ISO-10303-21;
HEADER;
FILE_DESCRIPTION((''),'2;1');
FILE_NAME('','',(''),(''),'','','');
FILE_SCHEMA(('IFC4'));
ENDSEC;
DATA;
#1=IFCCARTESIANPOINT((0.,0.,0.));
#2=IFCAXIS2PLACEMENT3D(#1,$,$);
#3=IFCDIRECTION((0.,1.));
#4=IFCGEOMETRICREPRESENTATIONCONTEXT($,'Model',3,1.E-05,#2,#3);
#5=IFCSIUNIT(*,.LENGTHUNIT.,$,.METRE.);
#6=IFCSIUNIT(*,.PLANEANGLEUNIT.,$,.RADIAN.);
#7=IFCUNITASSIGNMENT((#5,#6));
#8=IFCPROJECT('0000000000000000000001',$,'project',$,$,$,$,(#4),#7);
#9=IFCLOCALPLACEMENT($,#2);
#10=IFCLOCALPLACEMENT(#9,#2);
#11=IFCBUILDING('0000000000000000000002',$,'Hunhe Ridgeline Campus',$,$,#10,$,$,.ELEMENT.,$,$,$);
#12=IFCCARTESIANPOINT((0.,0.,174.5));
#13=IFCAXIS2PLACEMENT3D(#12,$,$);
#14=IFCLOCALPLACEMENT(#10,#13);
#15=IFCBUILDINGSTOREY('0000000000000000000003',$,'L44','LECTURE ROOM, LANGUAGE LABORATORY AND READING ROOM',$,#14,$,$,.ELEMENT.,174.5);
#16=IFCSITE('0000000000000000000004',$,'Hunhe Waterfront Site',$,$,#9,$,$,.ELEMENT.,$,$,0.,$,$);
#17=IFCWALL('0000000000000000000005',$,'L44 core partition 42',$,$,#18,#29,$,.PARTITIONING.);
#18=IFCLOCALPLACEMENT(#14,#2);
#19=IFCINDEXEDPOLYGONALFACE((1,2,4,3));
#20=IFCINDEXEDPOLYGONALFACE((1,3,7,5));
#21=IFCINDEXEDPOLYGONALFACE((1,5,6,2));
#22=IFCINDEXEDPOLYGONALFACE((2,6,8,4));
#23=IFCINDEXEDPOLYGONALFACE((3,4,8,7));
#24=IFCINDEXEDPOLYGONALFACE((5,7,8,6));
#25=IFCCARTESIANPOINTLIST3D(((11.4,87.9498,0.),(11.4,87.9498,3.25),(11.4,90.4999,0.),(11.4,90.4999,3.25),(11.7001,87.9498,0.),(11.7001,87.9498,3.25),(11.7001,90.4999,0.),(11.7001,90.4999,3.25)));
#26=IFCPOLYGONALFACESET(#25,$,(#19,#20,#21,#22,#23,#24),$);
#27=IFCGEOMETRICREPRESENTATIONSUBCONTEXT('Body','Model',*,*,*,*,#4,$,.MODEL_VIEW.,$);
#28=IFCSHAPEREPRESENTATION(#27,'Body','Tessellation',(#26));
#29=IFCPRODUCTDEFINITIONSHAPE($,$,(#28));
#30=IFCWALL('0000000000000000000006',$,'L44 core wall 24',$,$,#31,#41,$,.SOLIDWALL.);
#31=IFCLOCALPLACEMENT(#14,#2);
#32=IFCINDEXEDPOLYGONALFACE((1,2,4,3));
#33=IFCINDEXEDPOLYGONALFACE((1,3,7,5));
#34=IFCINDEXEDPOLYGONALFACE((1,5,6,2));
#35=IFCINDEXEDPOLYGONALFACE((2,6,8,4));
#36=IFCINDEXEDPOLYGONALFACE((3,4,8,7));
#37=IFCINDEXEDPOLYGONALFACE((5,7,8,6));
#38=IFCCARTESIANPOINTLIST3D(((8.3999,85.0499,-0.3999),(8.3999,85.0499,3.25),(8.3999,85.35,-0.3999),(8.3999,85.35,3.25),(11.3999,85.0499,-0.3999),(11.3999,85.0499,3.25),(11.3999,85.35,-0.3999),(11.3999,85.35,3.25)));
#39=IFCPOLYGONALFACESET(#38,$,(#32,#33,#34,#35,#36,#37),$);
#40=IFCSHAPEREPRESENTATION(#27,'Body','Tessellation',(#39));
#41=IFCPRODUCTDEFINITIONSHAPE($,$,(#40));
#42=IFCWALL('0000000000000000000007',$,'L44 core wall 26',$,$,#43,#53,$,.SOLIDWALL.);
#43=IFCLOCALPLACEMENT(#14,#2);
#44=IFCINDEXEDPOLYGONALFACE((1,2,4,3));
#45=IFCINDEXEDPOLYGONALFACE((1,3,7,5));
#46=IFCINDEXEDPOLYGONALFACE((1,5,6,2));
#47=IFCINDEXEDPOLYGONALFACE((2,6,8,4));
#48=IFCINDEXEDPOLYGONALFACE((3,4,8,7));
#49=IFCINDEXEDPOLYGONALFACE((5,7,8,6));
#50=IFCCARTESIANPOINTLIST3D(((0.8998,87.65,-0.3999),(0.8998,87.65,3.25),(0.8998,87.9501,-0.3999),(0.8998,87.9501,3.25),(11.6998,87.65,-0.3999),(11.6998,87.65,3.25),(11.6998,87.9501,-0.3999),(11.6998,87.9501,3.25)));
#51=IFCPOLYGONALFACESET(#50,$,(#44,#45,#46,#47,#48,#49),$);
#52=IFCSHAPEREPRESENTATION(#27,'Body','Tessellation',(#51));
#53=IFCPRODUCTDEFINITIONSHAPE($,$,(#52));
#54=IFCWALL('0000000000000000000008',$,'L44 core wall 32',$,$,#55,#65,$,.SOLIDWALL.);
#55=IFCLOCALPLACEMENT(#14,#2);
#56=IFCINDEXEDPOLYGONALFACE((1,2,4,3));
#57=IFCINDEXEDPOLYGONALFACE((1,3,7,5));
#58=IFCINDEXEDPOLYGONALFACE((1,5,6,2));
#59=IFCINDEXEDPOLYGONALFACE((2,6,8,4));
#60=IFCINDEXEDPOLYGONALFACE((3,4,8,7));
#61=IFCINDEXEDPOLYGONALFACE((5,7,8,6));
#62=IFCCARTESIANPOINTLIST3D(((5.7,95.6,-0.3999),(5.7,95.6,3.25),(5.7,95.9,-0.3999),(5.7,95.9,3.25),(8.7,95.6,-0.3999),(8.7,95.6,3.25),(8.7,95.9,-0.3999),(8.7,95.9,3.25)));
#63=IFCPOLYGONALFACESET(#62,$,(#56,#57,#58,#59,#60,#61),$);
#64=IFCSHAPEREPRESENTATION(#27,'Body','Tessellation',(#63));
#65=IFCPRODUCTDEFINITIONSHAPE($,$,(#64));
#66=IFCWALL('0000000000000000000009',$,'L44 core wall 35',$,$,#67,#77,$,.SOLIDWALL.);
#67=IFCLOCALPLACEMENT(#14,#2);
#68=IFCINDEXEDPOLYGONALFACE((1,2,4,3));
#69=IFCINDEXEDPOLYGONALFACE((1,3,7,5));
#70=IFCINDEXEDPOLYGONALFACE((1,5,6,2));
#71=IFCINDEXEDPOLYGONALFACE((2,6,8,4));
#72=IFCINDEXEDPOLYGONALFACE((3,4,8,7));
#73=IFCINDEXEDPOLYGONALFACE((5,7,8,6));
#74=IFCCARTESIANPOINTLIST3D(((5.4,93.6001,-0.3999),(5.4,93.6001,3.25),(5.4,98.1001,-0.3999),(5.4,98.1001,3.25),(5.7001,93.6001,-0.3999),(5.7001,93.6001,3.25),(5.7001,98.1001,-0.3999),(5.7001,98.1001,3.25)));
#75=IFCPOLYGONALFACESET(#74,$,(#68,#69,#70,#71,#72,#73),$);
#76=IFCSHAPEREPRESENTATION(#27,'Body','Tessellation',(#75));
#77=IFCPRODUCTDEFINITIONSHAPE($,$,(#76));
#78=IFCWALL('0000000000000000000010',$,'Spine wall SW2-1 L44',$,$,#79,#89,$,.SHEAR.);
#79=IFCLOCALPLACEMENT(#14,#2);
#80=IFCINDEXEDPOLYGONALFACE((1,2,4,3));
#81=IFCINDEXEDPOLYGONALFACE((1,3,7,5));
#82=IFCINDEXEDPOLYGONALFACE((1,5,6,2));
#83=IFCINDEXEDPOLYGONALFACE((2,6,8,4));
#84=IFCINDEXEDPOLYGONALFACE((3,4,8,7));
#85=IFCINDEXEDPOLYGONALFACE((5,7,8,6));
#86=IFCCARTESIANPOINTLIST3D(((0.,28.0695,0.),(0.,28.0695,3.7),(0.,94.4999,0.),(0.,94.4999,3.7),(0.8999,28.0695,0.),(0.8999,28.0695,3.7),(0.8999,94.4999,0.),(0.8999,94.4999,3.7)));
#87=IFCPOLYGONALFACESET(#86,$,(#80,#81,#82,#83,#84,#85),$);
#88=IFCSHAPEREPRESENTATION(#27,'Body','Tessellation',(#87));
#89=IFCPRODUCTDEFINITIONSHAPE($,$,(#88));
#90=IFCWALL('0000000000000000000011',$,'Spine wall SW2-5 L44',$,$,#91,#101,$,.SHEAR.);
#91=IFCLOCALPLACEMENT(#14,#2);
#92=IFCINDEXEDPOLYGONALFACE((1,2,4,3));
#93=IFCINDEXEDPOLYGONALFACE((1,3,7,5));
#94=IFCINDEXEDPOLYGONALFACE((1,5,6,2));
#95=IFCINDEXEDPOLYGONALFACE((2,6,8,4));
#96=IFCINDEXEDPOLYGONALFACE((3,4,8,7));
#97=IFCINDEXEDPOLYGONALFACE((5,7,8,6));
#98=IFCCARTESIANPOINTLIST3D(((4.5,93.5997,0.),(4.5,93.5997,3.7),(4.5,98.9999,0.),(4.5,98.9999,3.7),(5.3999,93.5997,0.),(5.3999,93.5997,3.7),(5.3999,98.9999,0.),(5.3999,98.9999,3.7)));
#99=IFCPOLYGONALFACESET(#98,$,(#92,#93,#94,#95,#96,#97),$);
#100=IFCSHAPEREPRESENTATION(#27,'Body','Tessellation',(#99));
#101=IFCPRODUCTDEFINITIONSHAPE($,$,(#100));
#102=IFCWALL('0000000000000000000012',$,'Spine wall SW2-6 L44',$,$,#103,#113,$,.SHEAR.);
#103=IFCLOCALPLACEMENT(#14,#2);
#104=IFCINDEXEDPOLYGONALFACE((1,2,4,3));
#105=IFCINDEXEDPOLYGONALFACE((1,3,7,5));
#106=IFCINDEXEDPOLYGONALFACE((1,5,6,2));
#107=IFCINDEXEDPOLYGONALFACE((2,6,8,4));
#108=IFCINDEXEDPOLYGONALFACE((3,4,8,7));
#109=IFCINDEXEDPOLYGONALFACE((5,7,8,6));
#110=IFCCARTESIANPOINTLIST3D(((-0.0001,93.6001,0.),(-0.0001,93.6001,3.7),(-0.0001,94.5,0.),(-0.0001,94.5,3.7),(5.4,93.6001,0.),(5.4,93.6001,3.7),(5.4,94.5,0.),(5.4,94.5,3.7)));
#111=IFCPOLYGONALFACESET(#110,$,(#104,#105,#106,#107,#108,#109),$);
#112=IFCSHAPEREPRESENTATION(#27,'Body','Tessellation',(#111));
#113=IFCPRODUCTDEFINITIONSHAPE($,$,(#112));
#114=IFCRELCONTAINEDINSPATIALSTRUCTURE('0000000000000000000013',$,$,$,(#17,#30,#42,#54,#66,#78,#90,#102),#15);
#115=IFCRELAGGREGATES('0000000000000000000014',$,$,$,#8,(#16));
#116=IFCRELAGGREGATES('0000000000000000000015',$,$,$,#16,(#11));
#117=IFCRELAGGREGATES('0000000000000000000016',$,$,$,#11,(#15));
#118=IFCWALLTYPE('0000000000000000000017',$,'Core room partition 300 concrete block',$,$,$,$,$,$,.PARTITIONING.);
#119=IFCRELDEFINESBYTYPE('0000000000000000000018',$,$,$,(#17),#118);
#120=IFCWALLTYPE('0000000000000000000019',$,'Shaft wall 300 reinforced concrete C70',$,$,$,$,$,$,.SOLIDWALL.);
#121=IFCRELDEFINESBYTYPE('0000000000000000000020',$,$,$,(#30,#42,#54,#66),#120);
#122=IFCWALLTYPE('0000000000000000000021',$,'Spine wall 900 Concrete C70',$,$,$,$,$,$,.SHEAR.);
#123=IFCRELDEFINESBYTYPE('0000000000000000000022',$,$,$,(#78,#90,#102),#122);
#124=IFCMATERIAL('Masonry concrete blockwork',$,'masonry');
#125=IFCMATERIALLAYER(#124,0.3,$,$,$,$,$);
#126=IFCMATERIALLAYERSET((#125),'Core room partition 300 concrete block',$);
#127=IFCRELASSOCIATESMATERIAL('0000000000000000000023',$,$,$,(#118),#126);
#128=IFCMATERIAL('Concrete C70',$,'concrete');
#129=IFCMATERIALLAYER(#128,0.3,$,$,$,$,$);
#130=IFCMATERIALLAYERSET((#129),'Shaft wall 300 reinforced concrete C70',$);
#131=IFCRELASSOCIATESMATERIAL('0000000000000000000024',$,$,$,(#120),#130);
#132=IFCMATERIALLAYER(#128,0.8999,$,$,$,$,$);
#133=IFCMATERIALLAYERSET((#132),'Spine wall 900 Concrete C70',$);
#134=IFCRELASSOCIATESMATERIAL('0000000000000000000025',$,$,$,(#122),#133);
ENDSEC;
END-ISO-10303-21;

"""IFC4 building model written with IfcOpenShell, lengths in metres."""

from ifc_helpers import new_model, si_unit, direction, frame, frame_2d, origin, place, context, subcontext, project, spatial, rectangle, extrude, material, layer, layer_set, type_object, element, save


model = new_model("IFC4")

# Units and contexts
model_context = context("Model", 3, precision=1e-05, world=origin(), true_north=direction((0.0, 1.0)))
body_context = subcontext(model_context, "Body", "Model", "MODEL_VIEW")
ifc_project = project(units=[si_unit("LENGTHUNIT", "METRE"), si_unit("PLANEANGLEUNIT", "RADIAN")], contexts=[model_context])

# Site, building, storey
site_placement = place(None, origin())
site = spatial("IfcSite", under=ifc_project, at=site_placement, Name="Hunhe Waterfront Site", CompositionType="ELEMENT", RefElevation=0.0)
building_placement = place(site_placement, origin())
building = spatial("IfcBuilding", under=site, at=building_placement, Name="Hunhe Ridgeline Campus", CompositionType="ELEMENT")
storey_placement = place(building_placement, frame((0.0, 0.0, 174.5)))
storey = spatial("IfcBuildingStorey", under=building, at=storey_placement, Name="L44", Description="LECTURE ROOM, LANGUAGE LABORATORY AND READING ROOM", CompositionType="ELEMENT", Elevation=174.5)

# Wall
ifc_material_1 = material(Name="Masonry concrete blockwork", Category="masonry")
ifc_layer_1 = layer(ifc_material_1, 0.3)
ifc_layer_set_1 = layer_set([ifc_layer_1], Name="Core room partition 300 concrete block")
wall_type_1 = type_object("IfcWallType", Name="Core room partition 300 concrete block", PredefinedType="PARTITIONING", material=ifc_layer_set_1)
wall_1_placement = place(storey_placement, frame((11.55, 87.95, 0.0), z_axis=(0.0, 0.0, 1.0), x_axis=(0.0, 1.0, 0.0)))
element("IfcWall", 1, at=wall_1_placement, inside=storey, type_object=wall_type_1, Name="L44 core partition 42", PredefinedType="PARTITIONING", context=body_context, shape_type="SweptSolid", body=[
    extrude(rectangle(XDim=2.55, YDim=0.3, at=frame_2d((1.2749, 0.0))), origin(), (0.0, 0.0, 1.0), 3.25),
])

# Shared definitions
ifc_material_2 = material(Name="Concrete C70", Category="concrete")

# Walls
ifc_layer_2 = layer(ifc_material_2, 0.3)
ifc_layer_set_2 = layer_set([ifc_layer_2], Name="Shaft wall 300 reinforced concrete C70")
wall_type_2 = type_object("IfcWallType", Name="Shaft wall 300 reinforced concrete C70", PredefinedType="SOLIDWALL", material=ifc_layer_set_2)
wall_2_placement = place(storey_placement, frame((8.3999, 85.2, -0.3999), z_axis=(0.0, 0.0, 1.0), x_axis=(1.0, 0.0, 0.0)))
element("IfcWall", 2, at=wall_2_placement, inside=storey, type_object=wall_type_2, Name="L44 core wall 24", PredefinedType="SOLIDWALL", context=body_context, shape_type="SweptSolid", body=[
    extrude(rectangle(XDim=3.0, YDim=0.3, at=frame_2d((1.5, 0.0))), origin(), (0.0, 0.0, 1.0), 3.6499),
])
wall_3_placement = place(storey_placement, frame((0.8999, 87.8, -0.3999), z_axis=(0.0, 0.0, 1.0), x_axis=(1.0, 0.0, 0.0)))
element("IfcWall", 3, at=wall_3_placement, inside=storey, type_object=wall_type_2, Name="L44 core wall 26", PredefinedType="SOLIDWALL", context=body_context, shape_type="SweptSolid", body=[
    extrude(rectangle(XDim=10.8, YDim=0.3, at=frame_2d((5.3999, 0.0))), origin(), (0.0, 0.0, 1.0), 3.6499),
])

# Walls
wall_4_placement = place(storey_placement, frame((5.7, 95.75, -0.3999), z_axis=(0.0, 0.0, 1.0), x_axis=(1.0, 0.0, 0.0)))
element("IfcWall", 4, at=wall_4_placement, inside=storey, type_object=wall_type_2, Name="L44 core wall 32", PredefinedType="SOLIDWALL", context=body_context, shape_type="SweptSolid", body=[
    extrude(rectangle(XDim=3.0, YDim=0.3, at=frame_2d((1.5, 0.0))), origin(), (0.0, 0.0, 1.0), 3.6499),
])
wall_5_placement = place(storey_placement, frame((5.55, 93.6001, -0.3999), z_axis=(0.0, 0.0, 1.0), x_axis=(0.0, 1.0, 0.0)))
element("IfcWall", 5, at=wall_5_placement, inside=storey, type_object=wall_type_2, Name="L44 core wall 35", PredefinedType="SOLIDWALL", context=body_context, shape_type="SweptSolid", body=[
    extrude(rectangle(XDim=4.5, YDim=0.3, at=frame_2d((2.25, 0.0))), origin(), (0.0, 0.0, 1.0), 3.6499),
])

# Walls
ifc_layer_3 = layer(ifc_material_2, 0.8999)
ifc_layer_set_3 = layer_set([ifc_layer_3], Name="Spine wall 900 Concrete C70")
wall_type_3 = type_object("IfcWallType", Name="Spine wall 900 Concrete C70", PredefinedType="SHEAR", material=ifc_layer_set_3)
wall_6_placement = place(storey_placement, frame((0.45, 94.5, 0.0), z_axis=(0.0, 0.0, 1.0), x_axis=(0.0, -1.0, 0.0)))
element("IfcWall", 6, at=wall_6_placement, inside=storey, type_object=wall_type_3, Name="Spine wall SW2-1 L44", PredefinedType="SHEAR", context=body_context, shape_type="SweptSolid", body=[
    extrude(rectangle(XDim=66.4304, YDim=0.8999, at=frame_2d((33.2153, 0.0))), origin(), (0.0, 0.0, 1.0), 3.7),
])
for number, where, z_axis, x_axis, name in (
    (7, (4.95, 99.0, 0.0), (0.0, 0.0, 1.0), (0.0, -1.0, 0.0), "Spine wall SW2-5 L44"),
    (8, (5.4001, 94.05, 0.0), (0.0, 0.0, 1.0), (-1.0, 0.0, 0.0), "Spine wall SW2-6 L44"),
):
    element("IfcWall", number, at=place(storey_placement, frame(where, z_axis=z_axis, x_axis=x_axis)), inside=storey, type_object=wall_type_3, Name=name, PredefinedType="SHEAR", context=body_context, shape_type="SweptSolid", body=[
        extrude(rectangle(XDim=5.4001, YDim=0.8999, at=frame_2d((2.7002, 0.0))), origin(), (0.0, 0.0, 1.0), 3.7),
    ])

save(model, "model.ifc")
